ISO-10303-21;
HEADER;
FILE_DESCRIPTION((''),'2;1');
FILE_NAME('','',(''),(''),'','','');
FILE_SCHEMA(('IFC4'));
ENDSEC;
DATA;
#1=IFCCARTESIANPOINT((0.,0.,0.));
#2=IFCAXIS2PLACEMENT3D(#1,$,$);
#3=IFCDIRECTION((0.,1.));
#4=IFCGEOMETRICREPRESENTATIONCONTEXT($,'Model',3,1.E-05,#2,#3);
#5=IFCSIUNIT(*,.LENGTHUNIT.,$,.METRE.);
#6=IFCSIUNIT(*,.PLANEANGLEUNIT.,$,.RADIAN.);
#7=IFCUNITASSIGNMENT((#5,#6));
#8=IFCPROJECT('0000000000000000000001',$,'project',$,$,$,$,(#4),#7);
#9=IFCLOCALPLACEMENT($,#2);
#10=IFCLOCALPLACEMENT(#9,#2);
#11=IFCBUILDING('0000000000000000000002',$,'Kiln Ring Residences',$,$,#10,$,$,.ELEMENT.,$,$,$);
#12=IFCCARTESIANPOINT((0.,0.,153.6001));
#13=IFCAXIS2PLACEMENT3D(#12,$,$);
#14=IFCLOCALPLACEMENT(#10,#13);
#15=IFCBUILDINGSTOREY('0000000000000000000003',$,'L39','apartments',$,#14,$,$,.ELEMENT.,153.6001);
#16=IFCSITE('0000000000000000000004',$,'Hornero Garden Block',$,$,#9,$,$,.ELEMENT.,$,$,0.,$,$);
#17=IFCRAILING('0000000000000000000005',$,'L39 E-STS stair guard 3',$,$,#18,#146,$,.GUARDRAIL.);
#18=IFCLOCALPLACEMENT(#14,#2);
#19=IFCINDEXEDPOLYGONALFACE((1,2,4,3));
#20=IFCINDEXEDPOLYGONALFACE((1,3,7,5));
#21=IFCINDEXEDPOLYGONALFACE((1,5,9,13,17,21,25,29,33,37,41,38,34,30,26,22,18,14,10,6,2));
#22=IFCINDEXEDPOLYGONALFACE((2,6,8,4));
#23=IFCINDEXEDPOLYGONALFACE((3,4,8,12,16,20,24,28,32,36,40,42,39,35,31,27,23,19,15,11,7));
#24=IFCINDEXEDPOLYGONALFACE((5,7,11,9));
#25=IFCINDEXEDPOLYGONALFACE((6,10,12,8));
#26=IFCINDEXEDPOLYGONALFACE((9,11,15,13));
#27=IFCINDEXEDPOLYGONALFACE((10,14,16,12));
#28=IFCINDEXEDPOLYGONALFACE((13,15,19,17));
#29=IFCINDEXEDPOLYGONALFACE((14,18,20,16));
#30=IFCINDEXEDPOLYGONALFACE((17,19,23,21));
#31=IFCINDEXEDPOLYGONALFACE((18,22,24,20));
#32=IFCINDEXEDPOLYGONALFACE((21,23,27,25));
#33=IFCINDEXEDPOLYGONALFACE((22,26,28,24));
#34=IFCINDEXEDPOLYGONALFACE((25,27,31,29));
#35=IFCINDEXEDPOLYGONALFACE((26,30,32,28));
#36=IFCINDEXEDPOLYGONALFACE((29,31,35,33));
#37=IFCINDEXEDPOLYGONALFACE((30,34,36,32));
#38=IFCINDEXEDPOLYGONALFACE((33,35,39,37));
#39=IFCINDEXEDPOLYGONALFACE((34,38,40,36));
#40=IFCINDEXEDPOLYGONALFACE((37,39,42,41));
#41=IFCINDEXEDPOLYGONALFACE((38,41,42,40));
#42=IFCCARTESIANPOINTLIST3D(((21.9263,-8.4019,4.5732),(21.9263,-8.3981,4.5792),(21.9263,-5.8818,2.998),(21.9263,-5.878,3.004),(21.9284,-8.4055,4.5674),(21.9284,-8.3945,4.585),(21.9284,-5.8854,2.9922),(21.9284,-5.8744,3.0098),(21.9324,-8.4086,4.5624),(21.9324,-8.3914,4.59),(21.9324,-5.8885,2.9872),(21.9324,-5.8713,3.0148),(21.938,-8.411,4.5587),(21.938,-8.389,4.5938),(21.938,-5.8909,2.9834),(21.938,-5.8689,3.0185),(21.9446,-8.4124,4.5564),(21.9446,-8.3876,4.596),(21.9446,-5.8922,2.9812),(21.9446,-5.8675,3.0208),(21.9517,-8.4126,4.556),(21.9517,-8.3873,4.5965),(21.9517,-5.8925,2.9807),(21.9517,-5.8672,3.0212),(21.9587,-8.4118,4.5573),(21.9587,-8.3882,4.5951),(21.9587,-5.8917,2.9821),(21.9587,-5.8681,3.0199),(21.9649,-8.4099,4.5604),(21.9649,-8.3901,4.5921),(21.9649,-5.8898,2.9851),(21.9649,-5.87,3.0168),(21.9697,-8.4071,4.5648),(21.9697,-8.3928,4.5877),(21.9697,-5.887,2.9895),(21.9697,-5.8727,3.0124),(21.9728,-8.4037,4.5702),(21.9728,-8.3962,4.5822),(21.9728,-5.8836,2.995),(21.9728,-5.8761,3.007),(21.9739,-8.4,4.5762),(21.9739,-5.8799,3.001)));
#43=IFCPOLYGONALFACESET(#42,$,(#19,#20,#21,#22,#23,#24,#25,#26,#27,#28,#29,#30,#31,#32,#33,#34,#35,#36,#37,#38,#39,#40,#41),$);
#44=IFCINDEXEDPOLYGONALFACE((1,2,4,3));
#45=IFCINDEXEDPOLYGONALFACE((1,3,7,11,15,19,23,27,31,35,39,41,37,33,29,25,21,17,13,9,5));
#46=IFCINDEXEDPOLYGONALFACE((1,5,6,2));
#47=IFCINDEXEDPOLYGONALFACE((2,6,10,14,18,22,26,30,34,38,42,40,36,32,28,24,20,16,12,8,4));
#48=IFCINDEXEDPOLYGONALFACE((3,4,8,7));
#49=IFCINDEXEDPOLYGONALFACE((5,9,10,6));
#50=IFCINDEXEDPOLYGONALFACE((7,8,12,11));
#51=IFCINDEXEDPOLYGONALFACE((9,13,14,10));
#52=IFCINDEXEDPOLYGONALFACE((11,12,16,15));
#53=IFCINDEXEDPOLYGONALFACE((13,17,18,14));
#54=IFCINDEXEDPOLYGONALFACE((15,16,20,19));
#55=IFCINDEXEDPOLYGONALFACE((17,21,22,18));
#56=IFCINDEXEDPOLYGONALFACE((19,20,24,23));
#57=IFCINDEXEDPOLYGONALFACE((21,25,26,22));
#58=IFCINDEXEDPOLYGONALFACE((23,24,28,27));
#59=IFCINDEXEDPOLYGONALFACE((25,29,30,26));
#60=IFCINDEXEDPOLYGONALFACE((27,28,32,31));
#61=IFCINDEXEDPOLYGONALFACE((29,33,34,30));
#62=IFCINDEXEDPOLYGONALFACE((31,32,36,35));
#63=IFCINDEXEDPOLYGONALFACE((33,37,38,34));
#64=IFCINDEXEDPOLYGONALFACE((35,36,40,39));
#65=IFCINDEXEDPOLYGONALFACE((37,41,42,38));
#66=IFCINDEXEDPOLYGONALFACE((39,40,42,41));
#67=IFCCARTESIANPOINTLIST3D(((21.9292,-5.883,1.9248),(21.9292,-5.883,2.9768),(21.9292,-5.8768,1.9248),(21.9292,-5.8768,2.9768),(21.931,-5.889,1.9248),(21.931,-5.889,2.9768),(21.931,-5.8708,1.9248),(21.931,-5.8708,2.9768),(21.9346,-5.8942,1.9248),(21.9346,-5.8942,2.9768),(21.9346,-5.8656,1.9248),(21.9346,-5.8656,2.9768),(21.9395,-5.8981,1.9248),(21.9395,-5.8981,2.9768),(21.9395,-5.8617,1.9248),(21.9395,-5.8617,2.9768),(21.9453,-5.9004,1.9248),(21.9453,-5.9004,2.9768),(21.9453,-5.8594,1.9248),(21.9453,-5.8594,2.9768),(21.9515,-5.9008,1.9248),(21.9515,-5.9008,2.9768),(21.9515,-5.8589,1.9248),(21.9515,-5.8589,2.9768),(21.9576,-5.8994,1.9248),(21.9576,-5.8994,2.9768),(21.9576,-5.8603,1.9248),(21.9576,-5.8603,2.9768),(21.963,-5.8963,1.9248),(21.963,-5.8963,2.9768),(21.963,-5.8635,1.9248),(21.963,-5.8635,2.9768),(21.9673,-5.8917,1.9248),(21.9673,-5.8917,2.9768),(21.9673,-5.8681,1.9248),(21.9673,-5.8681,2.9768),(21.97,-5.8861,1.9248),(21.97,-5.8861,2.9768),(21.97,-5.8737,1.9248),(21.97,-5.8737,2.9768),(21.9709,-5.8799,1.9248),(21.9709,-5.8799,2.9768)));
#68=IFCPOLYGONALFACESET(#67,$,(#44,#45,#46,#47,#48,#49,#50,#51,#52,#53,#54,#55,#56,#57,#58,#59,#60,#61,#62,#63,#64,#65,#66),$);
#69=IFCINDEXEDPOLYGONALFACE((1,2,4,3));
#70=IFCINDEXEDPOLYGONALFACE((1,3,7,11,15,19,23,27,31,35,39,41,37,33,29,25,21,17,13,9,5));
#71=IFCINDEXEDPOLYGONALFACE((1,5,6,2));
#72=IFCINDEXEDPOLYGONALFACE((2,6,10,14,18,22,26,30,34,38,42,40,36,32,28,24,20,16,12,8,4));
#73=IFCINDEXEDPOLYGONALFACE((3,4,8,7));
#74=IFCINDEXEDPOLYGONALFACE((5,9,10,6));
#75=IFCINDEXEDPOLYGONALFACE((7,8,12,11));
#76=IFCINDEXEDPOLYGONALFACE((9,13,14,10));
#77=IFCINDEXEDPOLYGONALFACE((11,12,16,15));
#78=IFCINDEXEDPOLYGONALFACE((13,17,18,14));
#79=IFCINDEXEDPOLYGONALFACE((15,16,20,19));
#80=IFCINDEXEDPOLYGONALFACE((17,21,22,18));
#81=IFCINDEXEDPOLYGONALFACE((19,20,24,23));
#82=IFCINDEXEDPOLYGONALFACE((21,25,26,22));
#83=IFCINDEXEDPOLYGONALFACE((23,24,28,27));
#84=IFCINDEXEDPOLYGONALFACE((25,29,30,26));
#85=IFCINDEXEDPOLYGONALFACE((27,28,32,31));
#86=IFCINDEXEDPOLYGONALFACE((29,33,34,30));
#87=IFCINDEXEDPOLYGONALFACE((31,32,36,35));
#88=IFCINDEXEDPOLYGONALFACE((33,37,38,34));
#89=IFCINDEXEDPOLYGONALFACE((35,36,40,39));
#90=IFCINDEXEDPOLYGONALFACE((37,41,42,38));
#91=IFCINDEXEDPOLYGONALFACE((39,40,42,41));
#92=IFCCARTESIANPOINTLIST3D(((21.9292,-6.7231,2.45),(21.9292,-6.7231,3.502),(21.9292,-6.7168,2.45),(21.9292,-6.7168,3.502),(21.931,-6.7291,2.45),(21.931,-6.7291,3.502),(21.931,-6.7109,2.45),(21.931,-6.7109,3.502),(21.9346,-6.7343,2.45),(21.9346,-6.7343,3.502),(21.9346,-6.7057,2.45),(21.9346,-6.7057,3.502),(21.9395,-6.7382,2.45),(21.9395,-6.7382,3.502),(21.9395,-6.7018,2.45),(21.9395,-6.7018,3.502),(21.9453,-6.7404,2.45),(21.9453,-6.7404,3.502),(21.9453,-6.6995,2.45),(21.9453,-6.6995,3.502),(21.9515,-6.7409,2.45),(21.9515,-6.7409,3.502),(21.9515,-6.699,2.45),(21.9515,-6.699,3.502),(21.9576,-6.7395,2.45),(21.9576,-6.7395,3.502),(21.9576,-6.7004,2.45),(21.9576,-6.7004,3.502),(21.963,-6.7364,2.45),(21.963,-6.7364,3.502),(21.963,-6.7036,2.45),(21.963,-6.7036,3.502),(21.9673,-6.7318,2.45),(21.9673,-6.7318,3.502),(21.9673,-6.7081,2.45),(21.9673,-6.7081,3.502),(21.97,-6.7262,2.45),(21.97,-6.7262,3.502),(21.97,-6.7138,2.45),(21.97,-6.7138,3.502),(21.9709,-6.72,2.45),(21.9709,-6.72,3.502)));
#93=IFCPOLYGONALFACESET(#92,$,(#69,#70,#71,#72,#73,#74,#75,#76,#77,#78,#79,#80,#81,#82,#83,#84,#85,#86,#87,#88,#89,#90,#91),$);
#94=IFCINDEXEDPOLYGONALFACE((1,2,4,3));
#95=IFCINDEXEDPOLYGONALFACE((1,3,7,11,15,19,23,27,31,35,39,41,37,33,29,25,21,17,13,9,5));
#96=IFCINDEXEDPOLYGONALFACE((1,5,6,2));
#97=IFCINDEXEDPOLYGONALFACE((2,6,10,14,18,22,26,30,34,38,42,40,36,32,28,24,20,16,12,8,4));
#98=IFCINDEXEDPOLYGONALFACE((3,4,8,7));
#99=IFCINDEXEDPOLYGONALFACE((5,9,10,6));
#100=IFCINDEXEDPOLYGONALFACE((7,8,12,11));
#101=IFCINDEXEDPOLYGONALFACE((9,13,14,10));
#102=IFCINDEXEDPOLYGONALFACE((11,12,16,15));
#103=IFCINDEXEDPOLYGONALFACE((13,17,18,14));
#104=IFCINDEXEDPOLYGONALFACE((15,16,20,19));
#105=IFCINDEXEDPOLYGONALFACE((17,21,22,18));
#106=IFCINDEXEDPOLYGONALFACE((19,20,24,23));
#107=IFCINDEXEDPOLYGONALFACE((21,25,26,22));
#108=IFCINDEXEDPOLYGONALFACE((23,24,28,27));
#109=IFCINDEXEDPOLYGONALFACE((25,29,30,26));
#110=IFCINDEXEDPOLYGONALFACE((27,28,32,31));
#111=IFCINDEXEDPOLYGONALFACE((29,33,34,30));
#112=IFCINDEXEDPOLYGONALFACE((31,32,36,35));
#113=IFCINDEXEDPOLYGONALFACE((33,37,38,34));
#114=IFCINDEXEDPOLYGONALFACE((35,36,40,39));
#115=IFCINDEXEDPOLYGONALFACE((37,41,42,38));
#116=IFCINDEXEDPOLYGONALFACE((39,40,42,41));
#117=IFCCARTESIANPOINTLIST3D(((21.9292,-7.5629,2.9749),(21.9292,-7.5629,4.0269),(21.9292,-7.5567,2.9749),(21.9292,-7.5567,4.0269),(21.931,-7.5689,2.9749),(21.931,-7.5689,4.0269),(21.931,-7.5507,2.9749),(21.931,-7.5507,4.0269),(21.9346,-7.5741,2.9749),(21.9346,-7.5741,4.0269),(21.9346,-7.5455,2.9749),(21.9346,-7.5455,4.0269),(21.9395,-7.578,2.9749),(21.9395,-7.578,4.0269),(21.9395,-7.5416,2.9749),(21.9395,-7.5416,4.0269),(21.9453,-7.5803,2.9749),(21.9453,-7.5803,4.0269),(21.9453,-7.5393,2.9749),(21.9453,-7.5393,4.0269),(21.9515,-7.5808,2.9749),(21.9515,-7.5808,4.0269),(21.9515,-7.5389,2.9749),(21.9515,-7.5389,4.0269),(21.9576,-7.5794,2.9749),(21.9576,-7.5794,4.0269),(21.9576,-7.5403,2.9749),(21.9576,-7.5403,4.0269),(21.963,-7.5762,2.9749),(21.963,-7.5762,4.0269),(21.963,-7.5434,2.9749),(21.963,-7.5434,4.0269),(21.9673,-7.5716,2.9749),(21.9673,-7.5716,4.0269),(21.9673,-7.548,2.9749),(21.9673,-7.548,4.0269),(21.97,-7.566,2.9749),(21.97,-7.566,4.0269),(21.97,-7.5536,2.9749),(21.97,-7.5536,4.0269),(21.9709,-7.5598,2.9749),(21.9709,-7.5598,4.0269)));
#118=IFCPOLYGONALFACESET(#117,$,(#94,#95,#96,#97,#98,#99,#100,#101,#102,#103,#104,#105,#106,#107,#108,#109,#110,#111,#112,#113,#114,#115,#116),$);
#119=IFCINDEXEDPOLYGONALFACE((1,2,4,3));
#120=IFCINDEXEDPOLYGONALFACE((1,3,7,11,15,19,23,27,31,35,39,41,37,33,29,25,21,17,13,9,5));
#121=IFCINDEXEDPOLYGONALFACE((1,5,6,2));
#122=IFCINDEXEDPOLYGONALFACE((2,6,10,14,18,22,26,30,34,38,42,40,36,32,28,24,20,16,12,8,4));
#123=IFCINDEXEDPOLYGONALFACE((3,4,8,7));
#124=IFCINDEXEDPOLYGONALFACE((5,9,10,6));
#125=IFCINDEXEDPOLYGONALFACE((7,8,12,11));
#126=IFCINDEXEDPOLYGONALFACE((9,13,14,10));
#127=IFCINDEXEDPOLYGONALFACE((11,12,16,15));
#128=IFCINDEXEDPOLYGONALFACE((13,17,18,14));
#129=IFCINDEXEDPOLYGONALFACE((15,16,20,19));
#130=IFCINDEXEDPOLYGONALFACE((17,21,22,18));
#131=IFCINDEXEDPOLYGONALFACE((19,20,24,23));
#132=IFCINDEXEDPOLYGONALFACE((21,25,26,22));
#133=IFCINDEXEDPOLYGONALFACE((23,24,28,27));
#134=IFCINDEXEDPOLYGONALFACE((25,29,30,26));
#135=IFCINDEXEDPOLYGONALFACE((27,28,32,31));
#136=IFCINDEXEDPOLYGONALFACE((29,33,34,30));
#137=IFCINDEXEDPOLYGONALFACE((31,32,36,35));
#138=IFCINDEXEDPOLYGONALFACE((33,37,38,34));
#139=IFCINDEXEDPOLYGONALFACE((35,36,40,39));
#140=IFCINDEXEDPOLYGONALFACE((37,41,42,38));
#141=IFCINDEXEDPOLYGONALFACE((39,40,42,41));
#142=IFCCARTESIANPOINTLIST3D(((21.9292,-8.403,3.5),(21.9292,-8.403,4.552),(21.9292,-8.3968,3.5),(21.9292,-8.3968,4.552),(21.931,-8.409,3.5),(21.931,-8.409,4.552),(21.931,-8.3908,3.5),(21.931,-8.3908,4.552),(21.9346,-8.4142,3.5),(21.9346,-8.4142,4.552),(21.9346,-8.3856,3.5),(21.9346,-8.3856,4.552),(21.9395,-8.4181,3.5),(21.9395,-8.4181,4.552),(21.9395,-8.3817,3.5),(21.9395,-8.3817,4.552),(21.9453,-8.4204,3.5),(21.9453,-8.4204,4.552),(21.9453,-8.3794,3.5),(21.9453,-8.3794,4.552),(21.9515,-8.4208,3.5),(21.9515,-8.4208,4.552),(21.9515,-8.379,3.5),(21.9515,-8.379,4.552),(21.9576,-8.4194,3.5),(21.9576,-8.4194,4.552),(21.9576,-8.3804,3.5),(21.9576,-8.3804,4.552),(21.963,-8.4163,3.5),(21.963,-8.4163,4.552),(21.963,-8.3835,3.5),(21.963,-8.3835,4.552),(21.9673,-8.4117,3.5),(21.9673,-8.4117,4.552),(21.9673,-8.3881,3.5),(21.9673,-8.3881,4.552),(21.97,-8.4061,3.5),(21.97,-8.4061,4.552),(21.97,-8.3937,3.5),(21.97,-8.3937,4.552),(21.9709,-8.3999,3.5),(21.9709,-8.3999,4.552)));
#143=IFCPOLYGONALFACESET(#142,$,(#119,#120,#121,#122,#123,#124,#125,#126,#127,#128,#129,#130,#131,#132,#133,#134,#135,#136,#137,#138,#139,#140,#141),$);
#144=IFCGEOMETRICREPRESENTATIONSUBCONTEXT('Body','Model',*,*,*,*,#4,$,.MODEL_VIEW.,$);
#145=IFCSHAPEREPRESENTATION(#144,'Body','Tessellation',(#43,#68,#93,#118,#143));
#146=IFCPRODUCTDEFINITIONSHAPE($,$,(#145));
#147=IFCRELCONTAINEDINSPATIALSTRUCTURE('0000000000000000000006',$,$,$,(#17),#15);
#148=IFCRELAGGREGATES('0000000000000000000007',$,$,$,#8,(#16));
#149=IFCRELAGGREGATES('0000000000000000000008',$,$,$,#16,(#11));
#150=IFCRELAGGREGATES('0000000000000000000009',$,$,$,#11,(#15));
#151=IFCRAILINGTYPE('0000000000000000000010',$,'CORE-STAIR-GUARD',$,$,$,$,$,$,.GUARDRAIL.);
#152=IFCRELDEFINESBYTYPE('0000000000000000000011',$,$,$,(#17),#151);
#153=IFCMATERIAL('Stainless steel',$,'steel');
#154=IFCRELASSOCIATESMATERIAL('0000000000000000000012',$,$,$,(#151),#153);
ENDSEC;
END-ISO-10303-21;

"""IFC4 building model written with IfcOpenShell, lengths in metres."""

from ifc_helpers import new_model, si_unit, direction, frame, origin, origin_2d, place, context, subcontext, project, spatial, circle, extrude, material, type_object, element, save


model = new_model("IFC4")

# Units and contexts
model_context = context("Model", 3, precision=1e-05, world=origin(), true_north=direction((0.0, 1.0)))
body_context = subcontext(model_context, "Body", "Model", "MODEL_VIEW")
ifc_project = project(units=[si_unit("LENGTHUNIT", "METRE"), si_unit("PLANEANGLEUNIT", "RADIAN")], contexts=[model_context])

# Site, building, storey
site_placement = place(None, origin())
site = spatial("IfcSite", under=ifc_project, at=site_placement, Name="Hornero Garden Block", CompositionType="ELEMENT", RefElevation=0.0)
building_placement = place(site_placement, origin())
building = spatial("IfcBuilding", under=site, at=building_placement, Name="Kiln Ring Residences", CompositionType="ELEMENT")
storey_placement = place(building_placement, frame((0.0, 0.0, 153.6001)))
storey = spatial("IfcBuildingStorey", under=building, at=storey_placement, Name="L39", Description="apartments", CompositionType="ELEMENT", Elevation=153.6001)

# Railing
ifc_material_1 = material(Name="Stainless steel", Category="steel")
railing_type_1 = type_object("IfcRailingType", Name="CORE-STAIR-GUARD", PredefinedType="GUARDRAIL", material=ifc_material_1)
railing_1_placement = place(storey_placement, frame((21.95, -5.8799, 1.9248)))
element("IfcRailing", 1, at=railing_1_placement, inside=storey, type_object=railing_type_1, Name="L39 E-STS stair guard 3", PredefinedType="GUARDRAIL", context=body_context, shape_type="SweptSolid", body=[
    extrude(circle(Radius=0.0239, at=origin_2d()), frame((0.0, 0.0, 1.0762), z_axis=(0.0, -0.847971, 0.530043), x_axis=(1.0, 0.0, 0.0)), (0.0, 0.0, 1.0), 2.9719),
    extrude(circle(Radius=0.021, at=origin_2d()), origin(), (0.0, 0.0, 1.0), 1.052),
    extrude(circle(Radius=0.021, at=origin_2d()), frame((0.0, -0.8401, 0.5251)), (0.0, 0.0, 1.0), 1.052),
    extrude(circle(Radius=0.021, at=origin_2d()), frame((0.0, -1.6799, 1.05)), (0.0, 0.0, 1.0), 1.052),
    extrude(circle(Radius=0.021, at=origin_2d()), frame((0.0, -2.52, 1.5752)), (0.0, 0.0, 1.0), 1.052),
])

save(model, "model.ifc")
